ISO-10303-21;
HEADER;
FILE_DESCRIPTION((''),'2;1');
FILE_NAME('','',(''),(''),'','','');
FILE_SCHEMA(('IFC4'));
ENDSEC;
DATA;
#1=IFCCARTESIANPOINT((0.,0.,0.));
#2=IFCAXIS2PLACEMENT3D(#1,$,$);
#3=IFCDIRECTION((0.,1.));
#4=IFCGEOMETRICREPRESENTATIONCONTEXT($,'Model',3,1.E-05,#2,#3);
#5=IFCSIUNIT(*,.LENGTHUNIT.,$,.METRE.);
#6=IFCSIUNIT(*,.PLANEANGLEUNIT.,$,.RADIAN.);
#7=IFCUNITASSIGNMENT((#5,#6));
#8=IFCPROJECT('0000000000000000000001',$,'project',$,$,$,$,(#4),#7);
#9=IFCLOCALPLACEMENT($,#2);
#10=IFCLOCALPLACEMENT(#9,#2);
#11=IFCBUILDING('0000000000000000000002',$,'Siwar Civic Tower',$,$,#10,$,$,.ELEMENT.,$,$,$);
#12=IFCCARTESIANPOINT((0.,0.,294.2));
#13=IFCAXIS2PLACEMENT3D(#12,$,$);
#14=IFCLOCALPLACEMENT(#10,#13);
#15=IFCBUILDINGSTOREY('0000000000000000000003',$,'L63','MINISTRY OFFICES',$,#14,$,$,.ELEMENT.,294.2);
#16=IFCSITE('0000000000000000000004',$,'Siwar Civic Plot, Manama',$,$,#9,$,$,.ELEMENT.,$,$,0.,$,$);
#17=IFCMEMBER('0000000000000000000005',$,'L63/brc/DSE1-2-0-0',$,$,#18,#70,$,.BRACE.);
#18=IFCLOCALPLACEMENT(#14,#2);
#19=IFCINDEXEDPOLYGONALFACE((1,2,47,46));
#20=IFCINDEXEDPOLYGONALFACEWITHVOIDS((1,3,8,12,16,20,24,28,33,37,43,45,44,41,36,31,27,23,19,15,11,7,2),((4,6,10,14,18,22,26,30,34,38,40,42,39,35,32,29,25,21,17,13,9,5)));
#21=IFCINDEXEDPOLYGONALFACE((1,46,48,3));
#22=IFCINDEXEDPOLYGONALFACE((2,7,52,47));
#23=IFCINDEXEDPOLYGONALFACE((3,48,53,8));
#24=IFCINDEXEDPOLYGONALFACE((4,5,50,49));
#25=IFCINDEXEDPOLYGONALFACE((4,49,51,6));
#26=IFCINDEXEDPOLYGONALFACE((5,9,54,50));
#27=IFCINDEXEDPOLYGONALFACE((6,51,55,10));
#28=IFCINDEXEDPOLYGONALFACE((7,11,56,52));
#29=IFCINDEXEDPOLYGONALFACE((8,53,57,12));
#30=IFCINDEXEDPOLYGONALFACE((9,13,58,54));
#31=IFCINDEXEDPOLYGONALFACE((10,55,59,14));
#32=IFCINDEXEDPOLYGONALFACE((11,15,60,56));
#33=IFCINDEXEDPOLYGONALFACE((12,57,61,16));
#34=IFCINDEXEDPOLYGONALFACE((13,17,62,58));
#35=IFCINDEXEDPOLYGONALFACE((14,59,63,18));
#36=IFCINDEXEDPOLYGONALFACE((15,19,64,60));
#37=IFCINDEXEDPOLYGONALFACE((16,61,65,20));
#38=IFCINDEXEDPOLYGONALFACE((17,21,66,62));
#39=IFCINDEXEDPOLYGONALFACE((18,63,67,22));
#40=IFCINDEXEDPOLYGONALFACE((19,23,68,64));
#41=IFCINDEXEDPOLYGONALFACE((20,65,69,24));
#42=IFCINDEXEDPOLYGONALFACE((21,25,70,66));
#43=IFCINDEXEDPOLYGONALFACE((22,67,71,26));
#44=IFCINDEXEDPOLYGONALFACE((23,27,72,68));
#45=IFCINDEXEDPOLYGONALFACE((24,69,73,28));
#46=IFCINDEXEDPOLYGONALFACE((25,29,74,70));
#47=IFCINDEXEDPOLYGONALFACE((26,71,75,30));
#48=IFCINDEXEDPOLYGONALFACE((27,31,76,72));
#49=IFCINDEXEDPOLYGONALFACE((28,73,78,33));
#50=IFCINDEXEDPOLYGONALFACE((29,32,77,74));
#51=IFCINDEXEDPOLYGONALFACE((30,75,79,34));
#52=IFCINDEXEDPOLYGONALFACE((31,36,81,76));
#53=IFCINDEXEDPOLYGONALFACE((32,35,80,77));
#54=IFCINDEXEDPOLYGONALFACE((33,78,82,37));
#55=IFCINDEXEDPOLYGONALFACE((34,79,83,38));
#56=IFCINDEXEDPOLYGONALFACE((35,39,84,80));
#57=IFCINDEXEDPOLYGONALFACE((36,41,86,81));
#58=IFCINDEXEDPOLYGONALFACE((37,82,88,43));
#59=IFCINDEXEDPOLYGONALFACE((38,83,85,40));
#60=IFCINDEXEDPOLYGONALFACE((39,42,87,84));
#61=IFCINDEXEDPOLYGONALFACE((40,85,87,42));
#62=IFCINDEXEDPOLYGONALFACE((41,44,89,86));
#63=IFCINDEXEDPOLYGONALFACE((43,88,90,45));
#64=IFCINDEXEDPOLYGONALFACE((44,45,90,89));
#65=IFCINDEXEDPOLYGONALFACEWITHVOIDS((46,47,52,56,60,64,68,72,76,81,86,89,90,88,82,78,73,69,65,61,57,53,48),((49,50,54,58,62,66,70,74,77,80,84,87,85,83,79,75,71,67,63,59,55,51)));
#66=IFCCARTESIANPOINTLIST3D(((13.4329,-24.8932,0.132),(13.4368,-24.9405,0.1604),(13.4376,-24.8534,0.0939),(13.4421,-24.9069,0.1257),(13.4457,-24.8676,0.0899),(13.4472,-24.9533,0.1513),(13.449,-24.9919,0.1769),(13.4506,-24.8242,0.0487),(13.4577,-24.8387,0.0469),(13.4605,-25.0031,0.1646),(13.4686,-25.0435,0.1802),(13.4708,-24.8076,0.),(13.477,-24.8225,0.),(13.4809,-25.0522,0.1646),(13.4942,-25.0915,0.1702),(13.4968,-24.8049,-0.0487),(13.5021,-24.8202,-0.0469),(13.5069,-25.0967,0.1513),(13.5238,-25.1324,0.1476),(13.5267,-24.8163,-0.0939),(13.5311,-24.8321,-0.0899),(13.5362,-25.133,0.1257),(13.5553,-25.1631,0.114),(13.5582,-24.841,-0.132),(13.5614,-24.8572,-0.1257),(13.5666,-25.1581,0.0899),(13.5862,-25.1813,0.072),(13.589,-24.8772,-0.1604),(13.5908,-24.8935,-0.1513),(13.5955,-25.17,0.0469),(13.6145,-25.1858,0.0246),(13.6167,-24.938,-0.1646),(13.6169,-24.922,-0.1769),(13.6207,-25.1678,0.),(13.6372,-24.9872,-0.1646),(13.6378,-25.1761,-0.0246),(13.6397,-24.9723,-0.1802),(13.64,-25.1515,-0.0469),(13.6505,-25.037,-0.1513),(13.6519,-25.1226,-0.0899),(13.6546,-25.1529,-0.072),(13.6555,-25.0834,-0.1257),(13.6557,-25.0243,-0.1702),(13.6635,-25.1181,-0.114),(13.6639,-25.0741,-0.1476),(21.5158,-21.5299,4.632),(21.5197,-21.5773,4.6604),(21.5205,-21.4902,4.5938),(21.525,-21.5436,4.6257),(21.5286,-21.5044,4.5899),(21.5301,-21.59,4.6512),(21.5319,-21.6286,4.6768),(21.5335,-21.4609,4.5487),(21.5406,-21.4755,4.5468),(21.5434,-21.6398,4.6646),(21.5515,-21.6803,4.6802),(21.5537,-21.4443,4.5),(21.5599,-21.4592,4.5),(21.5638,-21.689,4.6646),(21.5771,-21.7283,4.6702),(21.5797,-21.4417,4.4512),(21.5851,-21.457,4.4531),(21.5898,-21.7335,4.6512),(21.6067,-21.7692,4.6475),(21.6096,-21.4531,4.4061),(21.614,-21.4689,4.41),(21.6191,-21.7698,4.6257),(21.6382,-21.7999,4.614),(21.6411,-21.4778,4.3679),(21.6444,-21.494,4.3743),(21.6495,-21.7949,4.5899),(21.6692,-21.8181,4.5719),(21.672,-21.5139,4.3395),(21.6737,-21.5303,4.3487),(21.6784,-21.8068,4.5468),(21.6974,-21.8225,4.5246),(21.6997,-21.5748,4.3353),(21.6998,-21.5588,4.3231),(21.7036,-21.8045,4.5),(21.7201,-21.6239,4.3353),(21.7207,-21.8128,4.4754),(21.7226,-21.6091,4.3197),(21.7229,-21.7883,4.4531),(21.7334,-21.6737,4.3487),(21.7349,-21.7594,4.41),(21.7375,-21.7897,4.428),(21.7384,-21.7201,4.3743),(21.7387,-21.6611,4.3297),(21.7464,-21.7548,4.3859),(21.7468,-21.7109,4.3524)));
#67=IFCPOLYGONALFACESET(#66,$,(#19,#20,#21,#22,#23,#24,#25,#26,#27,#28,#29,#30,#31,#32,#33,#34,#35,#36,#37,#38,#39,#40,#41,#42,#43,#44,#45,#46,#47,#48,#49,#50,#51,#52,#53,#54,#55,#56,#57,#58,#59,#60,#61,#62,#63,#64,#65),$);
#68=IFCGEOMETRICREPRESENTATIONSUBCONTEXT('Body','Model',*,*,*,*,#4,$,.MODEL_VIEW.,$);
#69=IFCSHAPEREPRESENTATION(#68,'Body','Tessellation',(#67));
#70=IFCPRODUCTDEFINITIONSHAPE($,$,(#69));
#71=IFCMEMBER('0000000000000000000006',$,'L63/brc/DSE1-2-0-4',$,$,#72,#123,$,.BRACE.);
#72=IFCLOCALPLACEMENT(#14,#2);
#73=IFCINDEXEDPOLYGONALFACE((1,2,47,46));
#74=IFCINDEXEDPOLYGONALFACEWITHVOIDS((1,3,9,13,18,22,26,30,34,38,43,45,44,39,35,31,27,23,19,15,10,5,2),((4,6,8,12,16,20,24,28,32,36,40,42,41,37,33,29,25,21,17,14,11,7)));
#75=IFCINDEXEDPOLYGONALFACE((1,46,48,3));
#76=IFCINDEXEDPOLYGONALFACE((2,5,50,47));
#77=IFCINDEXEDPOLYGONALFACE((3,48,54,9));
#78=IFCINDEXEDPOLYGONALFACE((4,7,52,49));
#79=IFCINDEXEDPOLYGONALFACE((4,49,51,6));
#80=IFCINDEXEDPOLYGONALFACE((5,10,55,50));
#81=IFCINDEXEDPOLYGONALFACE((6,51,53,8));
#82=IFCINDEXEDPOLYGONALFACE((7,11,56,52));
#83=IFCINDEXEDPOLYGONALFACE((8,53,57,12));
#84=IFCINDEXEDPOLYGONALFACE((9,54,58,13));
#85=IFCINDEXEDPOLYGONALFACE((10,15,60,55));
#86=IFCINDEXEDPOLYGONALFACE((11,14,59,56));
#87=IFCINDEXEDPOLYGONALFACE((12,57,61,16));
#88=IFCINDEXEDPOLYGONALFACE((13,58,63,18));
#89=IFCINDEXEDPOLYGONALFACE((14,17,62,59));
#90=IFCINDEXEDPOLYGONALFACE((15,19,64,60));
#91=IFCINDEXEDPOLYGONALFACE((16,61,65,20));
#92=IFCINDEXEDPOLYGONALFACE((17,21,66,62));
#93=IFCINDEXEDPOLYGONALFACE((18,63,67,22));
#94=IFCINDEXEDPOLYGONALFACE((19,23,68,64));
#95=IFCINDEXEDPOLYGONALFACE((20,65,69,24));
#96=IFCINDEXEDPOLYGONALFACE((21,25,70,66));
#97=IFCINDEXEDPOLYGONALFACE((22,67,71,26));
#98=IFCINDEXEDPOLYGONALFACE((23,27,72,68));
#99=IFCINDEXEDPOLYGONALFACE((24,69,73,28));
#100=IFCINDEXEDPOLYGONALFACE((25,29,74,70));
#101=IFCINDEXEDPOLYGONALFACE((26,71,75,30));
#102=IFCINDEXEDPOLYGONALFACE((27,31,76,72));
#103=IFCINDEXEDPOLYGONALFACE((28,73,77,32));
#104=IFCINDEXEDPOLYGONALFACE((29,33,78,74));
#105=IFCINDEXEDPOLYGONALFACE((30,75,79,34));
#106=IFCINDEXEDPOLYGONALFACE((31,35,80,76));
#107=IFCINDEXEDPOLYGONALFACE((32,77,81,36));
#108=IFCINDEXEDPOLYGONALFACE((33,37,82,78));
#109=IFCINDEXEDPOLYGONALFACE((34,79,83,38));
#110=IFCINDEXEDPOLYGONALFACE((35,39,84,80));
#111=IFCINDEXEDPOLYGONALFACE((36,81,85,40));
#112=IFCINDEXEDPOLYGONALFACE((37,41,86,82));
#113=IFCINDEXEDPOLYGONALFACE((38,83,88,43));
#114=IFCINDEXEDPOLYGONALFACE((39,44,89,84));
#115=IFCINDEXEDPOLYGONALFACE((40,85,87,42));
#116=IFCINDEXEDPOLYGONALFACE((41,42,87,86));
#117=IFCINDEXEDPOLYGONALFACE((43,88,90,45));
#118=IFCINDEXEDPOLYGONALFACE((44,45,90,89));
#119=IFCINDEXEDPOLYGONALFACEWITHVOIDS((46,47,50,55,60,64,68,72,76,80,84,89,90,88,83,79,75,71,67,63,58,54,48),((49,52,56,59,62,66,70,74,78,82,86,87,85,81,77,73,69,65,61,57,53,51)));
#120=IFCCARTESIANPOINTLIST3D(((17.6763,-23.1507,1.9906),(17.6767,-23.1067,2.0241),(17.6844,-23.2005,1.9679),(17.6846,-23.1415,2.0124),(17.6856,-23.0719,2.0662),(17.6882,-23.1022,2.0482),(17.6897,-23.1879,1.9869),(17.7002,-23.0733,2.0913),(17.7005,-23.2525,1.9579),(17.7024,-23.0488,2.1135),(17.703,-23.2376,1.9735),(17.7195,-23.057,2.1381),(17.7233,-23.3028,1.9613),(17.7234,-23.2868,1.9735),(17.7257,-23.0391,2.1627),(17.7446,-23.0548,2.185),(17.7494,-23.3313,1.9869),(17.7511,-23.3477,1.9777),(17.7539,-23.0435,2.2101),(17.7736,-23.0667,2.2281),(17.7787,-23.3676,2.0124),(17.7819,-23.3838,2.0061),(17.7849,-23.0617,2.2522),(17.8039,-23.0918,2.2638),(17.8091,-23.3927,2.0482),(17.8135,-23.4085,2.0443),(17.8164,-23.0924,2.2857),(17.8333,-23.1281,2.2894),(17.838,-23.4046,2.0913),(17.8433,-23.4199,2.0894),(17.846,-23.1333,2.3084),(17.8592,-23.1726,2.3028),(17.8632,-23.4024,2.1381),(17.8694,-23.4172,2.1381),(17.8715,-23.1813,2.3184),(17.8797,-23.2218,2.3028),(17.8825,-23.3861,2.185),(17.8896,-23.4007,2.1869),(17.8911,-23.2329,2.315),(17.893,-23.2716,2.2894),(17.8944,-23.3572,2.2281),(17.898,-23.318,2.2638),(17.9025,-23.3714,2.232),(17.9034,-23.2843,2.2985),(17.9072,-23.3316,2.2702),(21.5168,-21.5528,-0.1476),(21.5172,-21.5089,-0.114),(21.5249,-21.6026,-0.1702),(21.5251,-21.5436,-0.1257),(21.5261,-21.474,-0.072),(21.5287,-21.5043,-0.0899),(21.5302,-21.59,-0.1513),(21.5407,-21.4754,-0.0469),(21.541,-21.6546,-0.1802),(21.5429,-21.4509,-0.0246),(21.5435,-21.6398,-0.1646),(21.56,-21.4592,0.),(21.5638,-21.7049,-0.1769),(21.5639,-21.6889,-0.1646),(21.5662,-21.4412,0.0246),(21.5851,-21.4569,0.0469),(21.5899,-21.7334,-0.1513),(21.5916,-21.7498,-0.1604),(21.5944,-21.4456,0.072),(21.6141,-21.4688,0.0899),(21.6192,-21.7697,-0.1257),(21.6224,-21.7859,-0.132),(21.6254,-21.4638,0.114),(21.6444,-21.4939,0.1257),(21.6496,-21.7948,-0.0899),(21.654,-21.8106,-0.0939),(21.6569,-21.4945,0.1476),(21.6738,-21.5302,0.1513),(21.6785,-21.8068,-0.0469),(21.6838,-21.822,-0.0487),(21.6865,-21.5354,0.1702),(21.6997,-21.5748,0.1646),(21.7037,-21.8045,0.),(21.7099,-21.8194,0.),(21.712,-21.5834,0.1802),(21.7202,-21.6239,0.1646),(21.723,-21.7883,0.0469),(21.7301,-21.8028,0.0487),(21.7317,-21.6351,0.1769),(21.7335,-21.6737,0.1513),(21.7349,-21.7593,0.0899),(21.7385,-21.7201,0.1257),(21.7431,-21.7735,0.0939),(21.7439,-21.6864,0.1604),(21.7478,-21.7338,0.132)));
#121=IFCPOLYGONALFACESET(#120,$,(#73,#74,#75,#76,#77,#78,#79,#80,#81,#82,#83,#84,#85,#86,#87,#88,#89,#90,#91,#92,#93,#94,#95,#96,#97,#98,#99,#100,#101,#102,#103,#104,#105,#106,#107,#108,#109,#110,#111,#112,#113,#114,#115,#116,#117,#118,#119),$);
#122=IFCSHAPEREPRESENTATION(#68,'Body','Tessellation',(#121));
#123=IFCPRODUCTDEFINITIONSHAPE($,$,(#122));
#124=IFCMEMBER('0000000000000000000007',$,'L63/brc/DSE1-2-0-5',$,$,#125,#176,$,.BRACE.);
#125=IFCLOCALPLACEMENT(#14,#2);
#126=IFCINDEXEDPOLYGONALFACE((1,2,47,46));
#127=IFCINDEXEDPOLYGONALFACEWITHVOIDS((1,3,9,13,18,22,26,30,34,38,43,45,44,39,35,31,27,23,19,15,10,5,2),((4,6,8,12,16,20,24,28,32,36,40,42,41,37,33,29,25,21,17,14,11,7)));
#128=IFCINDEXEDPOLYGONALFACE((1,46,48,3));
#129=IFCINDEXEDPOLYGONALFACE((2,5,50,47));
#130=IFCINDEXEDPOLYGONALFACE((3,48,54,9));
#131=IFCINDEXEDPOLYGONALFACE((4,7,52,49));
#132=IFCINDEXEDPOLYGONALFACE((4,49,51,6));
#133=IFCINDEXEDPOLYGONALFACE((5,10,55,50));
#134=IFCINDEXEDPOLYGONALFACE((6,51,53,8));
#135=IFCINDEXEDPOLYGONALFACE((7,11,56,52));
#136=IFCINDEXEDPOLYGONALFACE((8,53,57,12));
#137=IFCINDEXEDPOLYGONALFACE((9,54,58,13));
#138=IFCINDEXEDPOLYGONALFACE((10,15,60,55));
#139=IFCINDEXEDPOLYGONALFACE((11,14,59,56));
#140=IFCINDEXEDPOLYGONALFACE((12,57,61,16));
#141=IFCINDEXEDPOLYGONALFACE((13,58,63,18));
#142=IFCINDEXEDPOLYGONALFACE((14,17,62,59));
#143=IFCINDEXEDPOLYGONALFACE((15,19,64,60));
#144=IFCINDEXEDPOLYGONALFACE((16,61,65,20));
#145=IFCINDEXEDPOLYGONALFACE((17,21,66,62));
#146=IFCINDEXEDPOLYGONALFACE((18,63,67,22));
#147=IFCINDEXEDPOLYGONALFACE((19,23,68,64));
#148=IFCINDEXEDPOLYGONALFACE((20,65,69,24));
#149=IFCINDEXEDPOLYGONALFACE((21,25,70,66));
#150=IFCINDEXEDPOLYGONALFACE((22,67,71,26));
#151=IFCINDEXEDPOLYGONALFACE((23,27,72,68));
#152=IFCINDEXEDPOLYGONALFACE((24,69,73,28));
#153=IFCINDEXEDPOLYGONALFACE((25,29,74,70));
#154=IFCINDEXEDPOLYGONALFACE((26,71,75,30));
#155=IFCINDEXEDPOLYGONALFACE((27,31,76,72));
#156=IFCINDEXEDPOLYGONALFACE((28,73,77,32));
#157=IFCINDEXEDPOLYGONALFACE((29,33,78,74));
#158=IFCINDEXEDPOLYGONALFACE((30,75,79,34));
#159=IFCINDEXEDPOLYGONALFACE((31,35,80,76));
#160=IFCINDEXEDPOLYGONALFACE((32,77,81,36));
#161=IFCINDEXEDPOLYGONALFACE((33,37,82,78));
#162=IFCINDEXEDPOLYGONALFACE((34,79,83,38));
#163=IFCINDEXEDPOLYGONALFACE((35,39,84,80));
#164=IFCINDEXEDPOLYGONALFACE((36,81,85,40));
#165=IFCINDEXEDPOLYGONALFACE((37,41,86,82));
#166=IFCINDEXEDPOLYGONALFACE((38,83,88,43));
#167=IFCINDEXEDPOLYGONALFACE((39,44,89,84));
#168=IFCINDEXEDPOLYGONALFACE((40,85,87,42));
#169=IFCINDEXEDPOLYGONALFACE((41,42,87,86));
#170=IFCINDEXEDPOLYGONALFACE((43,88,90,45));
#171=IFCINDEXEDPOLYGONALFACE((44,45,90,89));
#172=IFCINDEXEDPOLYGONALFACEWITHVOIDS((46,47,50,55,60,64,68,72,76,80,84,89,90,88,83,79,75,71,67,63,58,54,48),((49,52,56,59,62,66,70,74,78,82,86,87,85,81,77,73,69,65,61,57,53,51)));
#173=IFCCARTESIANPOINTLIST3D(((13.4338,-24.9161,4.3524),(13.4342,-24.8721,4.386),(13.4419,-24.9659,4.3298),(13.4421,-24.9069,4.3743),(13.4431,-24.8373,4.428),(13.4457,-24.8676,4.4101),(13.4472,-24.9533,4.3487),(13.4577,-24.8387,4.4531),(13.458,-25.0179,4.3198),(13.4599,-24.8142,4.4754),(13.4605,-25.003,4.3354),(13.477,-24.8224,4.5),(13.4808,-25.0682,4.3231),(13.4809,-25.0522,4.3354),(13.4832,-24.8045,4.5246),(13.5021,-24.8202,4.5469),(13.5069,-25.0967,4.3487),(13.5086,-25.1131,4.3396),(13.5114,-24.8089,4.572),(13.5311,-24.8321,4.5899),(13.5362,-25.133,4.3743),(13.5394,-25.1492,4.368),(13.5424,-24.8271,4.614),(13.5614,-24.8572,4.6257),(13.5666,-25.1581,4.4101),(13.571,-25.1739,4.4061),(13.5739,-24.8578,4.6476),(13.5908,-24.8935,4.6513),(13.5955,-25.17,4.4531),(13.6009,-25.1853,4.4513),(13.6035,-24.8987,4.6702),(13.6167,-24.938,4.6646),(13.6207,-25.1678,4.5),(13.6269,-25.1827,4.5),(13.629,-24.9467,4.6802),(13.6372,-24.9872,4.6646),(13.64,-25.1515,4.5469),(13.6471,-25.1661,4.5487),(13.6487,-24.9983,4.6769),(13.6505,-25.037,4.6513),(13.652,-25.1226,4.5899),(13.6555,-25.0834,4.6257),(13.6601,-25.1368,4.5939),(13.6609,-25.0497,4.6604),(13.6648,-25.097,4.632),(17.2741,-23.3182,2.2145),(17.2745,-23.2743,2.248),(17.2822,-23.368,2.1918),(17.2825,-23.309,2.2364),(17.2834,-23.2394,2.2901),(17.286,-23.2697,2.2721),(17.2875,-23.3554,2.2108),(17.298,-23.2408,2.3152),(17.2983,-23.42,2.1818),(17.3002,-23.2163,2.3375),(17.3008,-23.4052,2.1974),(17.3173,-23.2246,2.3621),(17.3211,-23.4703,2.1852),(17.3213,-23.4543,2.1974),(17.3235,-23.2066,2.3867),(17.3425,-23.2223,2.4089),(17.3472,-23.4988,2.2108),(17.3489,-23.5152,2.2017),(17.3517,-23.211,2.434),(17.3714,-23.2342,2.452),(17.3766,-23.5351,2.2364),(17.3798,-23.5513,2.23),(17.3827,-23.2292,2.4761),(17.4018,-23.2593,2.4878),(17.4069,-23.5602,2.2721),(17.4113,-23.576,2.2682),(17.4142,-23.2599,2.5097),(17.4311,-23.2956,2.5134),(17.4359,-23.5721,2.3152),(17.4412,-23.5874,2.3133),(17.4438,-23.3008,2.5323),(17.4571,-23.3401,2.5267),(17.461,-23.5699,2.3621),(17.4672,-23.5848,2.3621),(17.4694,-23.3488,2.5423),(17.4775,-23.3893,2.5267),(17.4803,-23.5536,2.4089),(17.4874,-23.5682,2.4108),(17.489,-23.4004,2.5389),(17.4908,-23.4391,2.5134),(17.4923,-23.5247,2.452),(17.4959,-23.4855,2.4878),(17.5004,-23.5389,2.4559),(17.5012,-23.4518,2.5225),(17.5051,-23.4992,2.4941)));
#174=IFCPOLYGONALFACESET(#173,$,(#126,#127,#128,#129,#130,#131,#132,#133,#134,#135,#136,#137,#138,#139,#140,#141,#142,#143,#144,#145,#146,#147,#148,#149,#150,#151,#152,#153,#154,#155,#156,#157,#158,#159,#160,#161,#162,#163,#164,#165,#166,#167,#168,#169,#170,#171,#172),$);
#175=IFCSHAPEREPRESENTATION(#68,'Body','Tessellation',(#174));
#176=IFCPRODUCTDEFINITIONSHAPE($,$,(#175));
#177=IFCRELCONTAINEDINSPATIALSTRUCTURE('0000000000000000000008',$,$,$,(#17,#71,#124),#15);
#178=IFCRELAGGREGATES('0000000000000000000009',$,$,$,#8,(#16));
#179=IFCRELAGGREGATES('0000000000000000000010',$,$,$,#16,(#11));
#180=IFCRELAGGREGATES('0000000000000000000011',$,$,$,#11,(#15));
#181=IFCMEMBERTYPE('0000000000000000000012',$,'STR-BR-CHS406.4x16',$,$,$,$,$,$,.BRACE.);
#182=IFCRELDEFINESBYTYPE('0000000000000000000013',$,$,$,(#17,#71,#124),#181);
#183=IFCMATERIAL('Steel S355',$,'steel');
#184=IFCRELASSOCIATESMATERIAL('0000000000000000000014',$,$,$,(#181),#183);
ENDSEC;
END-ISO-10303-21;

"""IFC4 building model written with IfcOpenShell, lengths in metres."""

from ifc_helpers import new_model, si_unit, direction, frame, origin, origin_2d, place, context, subcontext, project, spatial, hollow_circle, extrude, material, material_profile, profile_set, type_object, element, save


model = new_model("IFC4")

# Units and contexts
model_context = context("Model", 3, precision=1e-05, world=origin(), true_north=direction((0.0, 1.0)))
body_context = subcontext(model_context, "Body", "Model", "MODEL_VIEW")
ifc_project = project(units=[si_unit("LENGTHUNIT", "METRE"), si_unit("PLANEANGLEUNIT", "RADIAN")], contexts=[model_context])

# Site, building, storey
site_placement = place(None, origin())
site = spatial("IfcSite", under=ifc_project, at=site_placement, Name="Siwar Civic Plot, Manama", CompositionType="ELEMENT", RefElevation=0.0)
building_placement = place(site_placement, origin())
building = spatial("IfcBuilding", under=site, at=building_placement, Name="Siwar Civic Tower", CompositionType="ELEMENT")
storey_placement = place(building_placement, frame((0.0, 0.0, 294.2)))
storey = spatial("IfcBuildingStorey", under=building, at=storey_placement, Name="L63", Description="MINISTRY OFFICES", CompositionType="ELEMENT", Elevation=294.2)

# Members
ifc_material_1 = material(Name="Steel S355", Category="steel")
ifc_material_profile_1 = material_profile(ifc_material_1, hollow_circle(Radius=0.2031, WallThickness=0.0161, at=origin_2d()), Name="CHS406.4x16")
ifc_profile_set_1 = profile_set([ifc_material_profile_1], Name="Steel S355")
member_type_1 = type_object("IfcMemberType", Name="STR-BR-CHS406.4x16", PredefinedType="BRACE", material=ifc_profile_set_1)
member_1_placement = place(storey_placement, frame((13.5488, -24.9951, 0.0), z_axis=(0.821143, 0.341671, 0.457149), x_axis=(-0.384164, 0.923265, 0.0)))
element("IfcMember", 1, at=member_1_placement, inside=storey, type_object=member_type_1, Name="L63/brc/DSE1-2-0-0", PredefinedType="BRACE", context=body_context, shape_type="SweptSolid", body=[
    extrude(hollow_circle(Radius=0.2031, WallThickness=0.0161, at=origin_2d()), origin(), (0.0, 0.0, 1.0), 9.8435),
])
member_2_placement = place(storey_placement, frame((21.6318, -21.6318, 0.0), z_axis=(-0.821147, -0.341644, 0.457161), x_axis=(0.384136, -0.923276, 0.0)))
element("IfcMember", 2, at=member_2_placement, inside=storey, type_object=member_type_1, Name="L63/brc/DSE1-2-0-4", PredefinedType="BRACE", context=body_context, shape_type="SweptSolid", body=[
    extrude(hollow_circle(Radius=0.2031, WallThickness=0.0161, at=origin_2d()), origin(), (0.0, 0.0, 1.0), 4.677),
])
member_3_placement = place(storey_placement, frame((17.3892, -23.3972, 2.3621), z_axis=(-0.82115, -0.341667, 0.45714), x_axis=(0.384157, -0.923268, 0.0)))
element("IfcMember", 3, at=member_3_placement, inside=storey, type_object=member_type_1, Name="L63/brc/DSE1-2-0-5", PredefinedType="BRACE", context=body_context, shape_type="SweptSolid", body=[
    extrude(hollow_circle(Radius=0.2031, WallThickness=0.0161, at=origin_2d()), origin(), (0.0, 0.0, 1.0), 4.6768),
])

save(model, "model.ifc")
